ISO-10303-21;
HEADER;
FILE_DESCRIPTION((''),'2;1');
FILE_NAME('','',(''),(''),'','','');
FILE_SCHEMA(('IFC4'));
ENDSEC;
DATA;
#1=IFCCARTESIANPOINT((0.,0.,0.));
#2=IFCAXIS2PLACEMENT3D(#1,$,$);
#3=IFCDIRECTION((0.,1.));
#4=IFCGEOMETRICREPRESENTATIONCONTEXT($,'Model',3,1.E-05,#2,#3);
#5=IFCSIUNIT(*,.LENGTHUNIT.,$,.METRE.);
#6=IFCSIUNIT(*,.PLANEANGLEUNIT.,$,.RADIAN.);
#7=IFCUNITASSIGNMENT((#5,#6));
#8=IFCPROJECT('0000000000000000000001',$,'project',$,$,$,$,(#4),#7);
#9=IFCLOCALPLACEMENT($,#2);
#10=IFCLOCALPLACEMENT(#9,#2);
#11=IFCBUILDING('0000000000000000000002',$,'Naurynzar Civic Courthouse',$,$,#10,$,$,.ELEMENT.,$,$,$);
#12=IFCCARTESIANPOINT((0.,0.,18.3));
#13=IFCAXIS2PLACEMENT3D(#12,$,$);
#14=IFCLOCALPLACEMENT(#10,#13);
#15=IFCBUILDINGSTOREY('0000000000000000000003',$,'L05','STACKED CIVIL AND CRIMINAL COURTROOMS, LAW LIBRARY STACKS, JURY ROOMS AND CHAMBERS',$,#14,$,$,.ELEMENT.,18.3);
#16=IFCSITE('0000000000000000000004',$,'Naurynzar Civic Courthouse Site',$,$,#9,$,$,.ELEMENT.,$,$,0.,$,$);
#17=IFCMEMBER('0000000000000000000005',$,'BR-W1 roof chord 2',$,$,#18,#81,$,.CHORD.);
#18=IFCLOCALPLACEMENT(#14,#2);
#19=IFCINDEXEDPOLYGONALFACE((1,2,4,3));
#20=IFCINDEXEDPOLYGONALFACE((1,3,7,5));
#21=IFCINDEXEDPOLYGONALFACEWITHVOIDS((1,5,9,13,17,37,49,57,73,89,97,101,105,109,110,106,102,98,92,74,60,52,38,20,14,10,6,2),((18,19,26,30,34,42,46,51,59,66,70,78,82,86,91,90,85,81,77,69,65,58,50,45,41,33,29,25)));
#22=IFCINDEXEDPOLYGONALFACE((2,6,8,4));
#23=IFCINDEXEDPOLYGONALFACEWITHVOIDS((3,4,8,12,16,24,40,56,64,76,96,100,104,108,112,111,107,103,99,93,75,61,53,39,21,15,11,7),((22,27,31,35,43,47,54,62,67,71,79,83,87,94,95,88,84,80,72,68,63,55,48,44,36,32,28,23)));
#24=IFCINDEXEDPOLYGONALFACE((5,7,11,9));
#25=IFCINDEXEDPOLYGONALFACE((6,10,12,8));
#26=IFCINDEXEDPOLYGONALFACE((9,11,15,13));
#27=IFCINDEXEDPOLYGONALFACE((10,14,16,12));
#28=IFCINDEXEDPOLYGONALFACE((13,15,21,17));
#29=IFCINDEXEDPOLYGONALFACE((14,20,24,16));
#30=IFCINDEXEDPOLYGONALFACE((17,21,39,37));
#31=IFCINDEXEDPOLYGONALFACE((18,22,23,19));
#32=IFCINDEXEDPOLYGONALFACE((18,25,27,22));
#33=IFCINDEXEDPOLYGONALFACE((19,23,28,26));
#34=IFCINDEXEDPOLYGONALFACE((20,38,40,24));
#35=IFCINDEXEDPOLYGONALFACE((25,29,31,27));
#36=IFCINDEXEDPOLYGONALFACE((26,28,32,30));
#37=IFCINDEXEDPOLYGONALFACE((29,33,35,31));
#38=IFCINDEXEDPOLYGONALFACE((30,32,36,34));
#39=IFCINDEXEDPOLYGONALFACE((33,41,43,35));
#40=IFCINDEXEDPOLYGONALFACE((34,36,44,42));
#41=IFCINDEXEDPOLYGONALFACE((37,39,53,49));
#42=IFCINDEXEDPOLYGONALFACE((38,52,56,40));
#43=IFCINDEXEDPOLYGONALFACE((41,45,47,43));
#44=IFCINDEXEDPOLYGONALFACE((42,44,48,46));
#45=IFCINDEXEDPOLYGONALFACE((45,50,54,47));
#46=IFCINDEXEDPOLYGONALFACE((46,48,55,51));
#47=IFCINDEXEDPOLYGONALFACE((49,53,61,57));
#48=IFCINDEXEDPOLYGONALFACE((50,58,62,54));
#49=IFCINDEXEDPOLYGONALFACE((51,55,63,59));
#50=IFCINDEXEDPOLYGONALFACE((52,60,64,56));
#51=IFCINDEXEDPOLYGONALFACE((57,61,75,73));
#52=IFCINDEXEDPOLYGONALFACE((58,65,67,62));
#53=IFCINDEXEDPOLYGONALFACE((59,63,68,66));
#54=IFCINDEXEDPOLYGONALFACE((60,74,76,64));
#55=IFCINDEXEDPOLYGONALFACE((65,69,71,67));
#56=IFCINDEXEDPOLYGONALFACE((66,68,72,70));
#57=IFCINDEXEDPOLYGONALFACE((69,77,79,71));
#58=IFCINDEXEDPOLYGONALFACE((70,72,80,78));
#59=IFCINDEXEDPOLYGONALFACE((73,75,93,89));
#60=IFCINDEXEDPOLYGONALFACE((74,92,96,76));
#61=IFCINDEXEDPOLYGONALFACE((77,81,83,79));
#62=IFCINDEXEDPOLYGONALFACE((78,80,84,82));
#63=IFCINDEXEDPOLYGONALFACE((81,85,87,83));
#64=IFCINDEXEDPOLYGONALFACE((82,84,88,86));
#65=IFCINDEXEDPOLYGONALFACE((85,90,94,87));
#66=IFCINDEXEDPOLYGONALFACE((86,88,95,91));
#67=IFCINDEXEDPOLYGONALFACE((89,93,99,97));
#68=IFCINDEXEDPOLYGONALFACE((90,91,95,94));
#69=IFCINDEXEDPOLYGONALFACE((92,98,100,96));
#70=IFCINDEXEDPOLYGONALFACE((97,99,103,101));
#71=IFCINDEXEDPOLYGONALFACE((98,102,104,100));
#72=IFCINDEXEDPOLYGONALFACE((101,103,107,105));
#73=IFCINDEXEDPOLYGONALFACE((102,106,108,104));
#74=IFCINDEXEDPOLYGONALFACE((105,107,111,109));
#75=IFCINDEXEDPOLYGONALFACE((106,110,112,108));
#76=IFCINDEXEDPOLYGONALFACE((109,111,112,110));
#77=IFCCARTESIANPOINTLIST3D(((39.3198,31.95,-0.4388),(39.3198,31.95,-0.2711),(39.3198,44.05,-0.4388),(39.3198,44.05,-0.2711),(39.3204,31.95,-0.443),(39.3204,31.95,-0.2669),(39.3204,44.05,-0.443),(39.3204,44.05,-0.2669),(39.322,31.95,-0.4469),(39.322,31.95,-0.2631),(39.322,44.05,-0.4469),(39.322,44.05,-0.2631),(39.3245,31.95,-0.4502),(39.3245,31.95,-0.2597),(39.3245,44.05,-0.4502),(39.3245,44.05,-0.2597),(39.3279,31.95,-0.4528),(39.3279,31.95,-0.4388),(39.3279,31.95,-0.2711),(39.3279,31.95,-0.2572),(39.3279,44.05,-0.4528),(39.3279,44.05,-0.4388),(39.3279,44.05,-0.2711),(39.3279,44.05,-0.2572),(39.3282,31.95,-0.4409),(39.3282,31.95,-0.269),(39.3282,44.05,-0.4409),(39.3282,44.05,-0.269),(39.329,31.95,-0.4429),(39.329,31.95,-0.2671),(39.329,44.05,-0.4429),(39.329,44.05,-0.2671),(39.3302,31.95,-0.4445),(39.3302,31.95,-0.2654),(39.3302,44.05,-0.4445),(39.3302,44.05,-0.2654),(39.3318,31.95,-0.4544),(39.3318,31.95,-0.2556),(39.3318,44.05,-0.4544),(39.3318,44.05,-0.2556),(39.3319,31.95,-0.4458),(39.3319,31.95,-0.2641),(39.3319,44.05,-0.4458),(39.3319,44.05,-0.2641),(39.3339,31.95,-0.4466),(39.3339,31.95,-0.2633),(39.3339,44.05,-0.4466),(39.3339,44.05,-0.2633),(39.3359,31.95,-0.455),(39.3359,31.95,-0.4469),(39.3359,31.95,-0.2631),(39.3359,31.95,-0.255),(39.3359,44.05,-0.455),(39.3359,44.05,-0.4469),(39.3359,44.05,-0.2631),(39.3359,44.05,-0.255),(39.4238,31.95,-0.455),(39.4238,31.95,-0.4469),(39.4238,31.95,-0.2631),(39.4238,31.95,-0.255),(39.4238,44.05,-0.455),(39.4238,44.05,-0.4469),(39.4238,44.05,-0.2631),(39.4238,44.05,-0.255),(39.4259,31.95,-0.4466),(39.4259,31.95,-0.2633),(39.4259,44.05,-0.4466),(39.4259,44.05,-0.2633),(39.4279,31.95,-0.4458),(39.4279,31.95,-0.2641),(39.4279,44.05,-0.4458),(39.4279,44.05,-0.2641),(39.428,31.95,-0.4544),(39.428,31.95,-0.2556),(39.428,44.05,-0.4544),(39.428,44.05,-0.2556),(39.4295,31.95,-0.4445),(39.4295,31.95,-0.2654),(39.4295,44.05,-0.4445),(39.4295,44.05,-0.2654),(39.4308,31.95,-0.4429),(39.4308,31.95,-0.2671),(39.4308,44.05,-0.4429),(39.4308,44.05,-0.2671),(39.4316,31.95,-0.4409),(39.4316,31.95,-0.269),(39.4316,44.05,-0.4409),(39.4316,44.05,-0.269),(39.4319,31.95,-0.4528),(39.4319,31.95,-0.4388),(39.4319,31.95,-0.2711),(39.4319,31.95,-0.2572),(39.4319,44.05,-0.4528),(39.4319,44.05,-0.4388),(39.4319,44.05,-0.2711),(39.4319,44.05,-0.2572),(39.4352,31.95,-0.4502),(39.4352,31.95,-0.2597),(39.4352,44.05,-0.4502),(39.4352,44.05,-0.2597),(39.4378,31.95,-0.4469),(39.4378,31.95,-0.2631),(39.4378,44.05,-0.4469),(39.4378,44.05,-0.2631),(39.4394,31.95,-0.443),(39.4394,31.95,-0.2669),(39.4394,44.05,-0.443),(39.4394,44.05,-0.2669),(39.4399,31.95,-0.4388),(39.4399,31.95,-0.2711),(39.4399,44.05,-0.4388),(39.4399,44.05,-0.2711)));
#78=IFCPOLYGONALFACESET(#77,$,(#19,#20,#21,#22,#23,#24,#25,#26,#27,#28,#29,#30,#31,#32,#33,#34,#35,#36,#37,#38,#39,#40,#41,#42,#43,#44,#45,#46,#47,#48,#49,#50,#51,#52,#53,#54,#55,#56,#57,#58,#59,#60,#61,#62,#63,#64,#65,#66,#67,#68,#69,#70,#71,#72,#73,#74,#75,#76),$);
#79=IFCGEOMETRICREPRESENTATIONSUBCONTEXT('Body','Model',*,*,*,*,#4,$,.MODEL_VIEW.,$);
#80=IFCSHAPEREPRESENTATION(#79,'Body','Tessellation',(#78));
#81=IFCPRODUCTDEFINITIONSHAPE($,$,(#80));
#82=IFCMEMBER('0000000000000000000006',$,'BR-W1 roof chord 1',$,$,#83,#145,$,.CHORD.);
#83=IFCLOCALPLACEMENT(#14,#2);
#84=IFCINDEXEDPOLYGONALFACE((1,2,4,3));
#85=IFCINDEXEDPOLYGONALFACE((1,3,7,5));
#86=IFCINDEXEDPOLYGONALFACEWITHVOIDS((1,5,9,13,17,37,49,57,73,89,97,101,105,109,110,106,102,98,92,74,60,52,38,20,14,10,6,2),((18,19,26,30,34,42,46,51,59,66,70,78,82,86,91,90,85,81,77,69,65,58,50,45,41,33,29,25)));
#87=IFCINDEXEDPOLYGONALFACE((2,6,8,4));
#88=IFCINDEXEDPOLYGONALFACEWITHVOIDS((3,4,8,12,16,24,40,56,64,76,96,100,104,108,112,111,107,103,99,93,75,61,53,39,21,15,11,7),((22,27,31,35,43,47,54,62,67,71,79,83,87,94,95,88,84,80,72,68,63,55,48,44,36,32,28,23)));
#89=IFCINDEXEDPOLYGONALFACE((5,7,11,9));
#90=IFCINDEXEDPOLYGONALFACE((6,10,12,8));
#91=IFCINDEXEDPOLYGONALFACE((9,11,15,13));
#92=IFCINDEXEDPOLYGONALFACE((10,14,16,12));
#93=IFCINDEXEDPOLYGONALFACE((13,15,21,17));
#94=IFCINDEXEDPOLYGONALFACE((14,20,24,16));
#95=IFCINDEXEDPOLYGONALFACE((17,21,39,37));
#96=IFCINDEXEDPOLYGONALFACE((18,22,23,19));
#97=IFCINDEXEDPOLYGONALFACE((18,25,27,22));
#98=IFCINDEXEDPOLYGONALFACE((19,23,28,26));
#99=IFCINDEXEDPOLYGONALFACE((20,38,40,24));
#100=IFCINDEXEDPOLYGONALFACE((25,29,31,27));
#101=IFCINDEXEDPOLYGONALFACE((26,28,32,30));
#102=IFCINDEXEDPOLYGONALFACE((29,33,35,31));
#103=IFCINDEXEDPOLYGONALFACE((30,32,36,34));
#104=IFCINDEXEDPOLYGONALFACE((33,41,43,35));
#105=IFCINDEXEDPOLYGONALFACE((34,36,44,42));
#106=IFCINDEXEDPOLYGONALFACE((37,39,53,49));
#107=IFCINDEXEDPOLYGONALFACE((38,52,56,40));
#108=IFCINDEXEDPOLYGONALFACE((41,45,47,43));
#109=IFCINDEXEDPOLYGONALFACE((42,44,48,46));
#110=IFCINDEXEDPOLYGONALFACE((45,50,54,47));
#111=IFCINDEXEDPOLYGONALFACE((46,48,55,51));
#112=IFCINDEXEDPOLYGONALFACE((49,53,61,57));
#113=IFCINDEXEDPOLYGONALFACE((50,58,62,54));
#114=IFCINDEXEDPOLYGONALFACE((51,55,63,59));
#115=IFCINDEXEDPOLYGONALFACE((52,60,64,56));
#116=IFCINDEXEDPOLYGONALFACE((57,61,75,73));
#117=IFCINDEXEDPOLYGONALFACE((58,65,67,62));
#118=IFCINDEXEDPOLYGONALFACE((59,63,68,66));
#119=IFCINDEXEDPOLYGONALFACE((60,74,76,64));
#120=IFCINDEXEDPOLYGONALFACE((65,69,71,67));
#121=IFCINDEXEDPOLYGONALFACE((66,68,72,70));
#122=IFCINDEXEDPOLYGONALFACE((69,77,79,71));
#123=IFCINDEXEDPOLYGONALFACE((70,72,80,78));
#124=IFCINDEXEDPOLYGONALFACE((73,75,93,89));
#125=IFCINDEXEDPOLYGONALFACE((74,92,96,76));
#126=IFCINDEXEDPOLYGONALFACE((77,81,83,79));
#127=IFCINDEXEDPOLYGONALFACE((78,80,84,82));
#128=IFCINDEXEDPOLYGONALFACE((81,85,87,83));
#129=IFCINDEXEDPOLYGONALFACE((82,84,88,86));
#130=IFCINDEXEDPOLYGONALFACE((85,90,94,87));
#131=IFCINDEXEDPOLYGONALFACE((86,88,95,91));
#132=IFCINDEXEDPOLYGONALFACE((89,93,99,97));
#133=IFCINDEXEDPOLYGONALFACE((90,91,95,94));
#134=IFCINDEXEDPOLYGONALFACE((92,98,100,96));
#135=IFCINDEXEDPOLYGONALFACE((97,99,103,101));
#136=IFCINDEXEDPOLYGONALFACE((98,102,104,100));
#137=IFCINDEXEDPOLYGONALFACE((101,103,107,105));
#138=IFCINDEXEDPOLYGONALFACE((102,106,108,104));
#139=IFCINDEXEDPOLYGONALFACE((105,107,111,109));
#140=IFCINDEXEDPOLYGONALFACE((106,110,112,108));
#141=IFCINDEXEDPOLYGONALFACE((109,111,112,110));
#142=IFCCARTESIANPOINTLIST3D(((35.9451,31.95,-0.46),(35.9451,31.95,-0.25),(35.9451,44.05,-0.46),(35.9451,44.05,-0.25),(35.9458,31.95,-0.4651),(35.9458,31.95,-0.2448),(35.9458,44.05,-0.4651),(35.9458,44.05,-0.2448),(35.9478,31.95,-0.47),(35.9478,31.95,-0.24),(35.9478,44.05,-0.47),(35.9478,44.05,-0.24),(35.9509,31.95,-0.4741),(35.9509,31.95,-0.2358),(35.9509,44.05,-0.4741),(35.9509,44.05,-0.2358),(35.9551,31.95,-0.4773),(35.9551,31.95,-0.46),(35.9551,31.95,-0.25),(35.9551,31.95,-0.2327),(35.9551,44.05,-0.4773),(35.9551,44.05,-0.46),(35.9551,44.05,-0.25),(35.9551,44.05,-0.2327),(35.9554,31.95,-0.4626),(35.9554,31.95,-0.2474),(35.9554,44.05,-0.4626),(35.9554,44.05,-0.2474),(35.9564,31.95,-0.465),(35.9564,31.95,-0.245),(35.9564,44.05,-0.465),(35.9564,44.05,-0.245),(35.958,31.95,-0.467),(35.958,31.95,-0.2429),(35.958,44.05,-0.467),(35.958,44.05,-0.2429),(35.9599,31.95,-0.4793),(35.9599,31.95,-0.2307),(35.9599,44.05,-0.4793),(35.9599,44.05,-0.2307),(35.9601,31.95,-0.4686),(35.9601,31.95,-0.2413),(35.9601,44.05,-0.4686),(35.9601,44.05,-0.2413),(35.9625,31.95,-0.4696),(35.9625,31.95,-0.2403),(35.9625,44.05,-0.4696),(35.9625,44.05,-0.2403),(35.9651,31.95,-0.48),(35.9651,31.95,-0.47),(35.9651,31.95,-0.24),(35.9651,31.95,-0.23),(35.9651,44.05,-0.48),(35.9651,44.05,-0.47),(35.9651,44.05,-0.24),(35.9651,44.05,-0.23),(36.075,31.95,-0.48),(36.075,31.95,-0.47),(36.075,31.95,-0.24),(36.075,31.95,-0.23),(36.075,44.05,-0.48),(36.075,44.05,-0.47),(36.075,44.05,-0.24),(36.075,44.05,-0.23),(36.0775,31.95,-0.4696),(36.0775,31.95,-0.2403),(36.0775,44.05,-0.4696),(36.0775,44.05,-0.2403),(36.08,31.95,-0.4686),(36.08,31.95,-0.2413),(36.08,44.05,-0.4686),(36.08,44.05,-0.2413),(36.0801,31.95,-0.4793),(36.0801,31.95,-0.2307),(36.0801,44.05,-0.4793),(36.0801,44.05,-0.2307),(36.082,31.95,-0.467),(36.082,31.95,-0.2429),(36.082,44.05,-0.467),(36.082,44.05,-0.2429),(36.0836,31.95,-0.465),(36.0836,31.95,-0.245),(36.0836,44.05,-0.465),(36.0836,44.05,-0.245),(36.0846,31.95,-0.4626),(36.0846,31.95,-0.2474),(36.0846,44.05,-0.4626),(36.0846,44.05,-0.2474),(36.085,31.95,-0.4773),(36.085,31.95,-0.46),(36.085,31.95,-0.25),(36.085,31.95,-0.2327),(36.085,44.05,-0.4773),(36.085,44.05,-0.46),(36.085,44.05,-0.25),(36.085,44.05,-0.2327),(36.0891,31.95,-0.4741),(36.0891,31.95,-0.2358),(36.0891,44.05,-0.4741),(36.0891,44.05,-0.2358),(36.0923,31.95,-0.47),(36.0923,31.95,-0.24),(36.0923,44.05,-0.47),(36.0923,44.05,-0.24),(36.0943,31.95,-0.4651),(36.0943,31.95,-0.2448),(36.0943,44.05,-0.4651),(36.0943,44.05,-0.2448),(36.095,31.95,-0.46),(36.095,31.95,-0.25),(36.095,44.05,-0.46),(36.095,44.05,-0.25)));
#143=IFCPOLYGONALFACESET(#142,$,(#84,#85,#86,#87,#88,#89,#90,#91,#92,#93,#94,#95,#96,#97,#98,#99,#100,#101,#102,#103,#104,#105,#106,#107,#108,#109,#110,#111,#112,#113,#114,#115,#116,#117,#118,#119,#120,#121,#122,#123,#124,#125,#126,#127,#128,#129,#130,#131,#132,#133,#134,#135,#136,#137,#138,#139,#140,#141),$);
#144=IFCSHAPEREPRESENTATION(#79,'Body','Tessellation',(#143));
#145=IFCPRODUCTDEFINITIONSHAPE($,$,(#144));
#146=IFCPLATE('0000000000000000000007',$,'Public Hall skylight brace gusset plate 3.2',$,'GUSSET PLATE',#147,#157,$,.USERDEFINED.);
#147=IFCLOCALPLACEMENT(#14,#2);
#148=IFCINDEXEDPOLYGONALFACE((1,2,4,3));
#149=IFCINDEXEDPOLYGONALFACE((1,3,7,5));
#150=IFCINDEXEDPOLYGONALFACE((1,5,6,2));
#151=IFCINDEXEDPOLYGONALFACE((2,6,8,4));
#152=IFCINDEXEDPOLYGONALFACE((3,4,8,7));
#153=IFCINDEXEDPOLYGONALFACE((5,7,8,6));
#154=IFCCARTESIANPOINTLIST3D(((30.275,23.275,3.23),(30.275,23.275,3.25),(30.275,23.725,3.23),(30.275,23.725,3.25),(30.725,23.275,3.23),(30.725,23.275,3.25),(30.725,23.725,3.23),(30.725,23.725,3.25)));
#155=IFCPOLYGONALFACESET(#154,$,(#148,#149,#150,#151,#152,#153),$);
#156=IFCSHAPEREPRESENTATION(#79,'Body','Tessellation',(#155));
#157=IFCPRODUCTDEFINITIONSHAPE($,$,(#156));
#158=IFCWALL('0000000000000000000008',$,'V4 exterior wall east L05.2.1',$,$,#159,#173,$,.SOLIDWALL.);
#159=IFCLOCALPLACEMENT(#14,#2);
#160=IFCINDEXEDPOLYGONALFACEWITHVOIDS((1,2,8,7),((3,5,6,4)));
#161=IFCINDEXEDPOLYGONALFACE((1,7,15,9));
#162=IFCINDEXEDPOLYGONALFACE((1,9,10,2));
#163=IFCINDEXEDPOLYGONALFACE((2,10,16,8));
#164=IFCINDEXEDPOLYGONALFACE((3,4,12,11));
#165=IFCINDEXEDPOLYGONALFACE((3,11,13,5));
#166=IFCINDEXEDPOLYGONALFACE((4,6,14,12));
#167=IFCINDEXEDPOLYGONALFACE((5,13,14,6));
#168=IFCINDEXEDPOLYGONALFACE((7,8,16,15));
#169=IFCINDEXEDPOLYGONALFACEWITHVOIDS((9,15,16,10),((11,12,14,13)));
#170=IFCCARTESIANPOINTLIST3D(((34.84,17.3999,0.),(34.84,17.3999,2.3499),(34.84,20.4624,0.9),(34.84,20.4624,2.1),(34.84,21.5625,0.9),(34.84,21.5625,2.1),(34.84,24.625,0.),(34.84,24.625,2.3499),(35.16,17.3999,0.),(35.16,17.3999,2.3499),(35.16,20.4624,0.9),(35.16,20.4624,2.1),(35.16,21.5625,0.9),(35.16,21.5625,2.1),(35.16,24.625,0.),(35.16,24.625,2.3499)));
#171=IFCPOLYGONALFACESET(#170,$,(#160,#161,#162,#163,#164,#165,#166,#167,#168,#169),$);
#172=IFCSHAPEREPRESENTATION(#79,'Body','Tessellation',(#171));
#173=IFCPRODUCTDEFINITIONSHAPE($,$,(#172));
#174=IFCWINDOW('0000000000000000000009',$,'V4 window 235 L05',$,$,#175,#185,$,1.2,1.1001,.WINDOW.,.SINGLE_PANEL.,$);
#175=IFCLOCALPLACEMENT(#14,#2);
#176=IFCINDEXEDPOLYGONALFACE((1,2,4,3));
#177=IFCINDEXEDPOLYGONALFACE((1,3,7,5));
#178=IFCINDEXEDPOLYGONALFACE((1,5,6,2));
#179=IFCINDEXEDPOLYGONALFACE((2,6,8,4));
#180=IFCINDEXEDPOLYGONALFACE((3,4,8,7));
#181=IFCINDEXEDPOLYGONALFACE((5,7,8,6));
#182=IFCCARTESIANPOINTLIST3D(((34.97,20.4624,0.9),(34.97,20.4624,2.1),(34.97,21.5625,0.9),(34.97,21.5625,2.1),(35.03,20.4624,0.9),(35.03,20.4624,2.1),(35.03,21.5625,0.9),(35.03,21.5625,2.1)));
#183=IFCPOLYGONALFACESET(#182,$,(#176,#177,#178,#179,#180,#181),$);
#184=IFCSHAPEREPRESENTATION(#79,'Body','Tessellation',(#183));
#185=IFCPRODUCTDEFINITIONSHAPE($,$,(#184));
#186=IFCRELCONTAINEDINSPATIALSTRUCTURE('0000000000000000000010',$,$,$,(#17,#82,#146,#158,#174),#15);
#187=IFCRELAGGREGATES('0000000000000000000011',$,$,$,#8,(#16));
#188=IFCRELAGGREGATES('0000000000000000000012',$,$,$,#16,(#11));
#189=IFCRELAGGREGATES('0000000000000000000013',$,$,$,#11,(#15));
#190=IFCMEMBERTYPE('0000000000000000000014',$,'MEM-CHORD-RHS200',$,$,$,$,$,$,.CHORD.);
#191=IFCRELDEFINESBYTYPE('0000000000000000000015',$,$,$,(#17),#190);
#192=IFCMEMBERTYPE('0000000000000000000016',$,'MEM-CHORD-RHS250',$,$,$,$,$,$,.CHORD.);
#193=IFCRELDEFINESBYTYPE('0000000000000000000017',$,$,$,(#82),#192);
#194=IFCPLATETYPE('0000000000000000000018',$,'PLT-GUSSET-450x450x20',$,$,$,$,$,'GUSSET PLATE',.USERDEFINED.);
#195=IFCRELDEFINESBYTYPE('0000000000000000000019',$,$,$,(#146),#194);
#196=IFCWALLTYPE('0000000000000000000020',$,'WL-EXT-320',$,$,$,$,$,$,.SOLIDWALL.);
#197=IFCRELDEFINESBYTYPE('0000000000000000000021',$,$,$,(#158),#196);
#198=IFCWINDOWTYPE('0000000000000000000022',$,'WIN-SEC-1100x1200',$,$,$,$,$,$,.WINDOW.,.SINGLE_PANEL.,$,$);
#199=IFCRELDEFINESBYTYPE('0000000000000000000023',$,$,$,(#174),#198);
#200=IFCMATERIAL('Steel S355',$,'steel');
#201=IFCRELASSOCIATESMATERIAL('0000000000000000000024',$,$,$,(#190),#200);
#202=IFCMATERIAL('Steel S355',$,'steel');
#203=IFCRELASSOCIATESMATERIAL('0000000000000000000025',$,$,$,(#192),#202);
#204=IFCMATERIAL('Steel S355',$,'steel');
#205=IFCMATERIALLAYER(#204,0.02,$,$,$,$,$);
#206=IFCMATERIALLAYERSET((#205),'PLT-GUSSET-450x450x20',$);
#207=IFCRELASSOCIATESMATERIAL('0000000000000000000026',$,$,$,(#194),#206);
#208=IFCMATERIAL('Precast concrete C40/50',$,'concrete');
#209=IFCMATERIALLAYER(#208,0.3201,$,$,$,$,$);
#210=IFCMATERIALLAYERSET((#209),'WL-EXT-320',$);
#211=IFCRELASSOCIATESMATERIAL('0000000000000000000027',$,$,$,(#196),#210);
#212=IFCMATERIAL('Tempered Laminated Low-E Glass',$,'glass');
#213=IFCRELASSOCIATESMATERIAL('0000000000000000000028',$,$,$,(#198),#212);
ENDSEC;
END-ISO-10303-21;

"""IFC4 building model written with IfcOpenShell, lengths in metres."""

from ifc_helpers import new_model, si_unit, direction, frame, frame_2d, origin, origin_2d, place, context, subcontext, project, spatial, rectangle, hollow_rectangle, extrude, material, layer, layer_set, material_profile, profile_set, type_object, element, fill, save


model = new_model("IFC4")

# Units and contexts
model_context = context("Model", 3, precision=1e-05, world=origin(), true_north=direction((0.0, 1.0)))
body_context = subcontext(model_context, "Body", "Model", "MODEL_VIEW")
ifc_project = project(units=[si_unit("LENGTHUNIT", "METRE"), si_unit("PLANEANGLEUNIT", "RADIAN")], contexts=[model_context])

# Site, building, storey
site_placement = place(None, origin())
site = spatial("IfcSite", under=ifc_project, at=site_placement, Name="Naurynzar Civic Courthouse Site", CompositionType="ELEMENT", RefElevation=0.0)
building_placement = place(site_placement, origin())
building = spatial("IfcBuilding", under=site, at=building_placement, Name="Naurynzar Civic Courthouse", CompositionType="ELEMENT")
storey_placement = place(building_placement, frame((0.0, 0.0, 18.3)))
storey = spatial("IfcBuildingStorey", under=building, at=storey_placement, Name="L05", Description="STACKED CIVIL AND CRIMINAL COURTROOMS, LAW LIBRARY STACKS, JURY ROOMS AND CHAMBERS", CompositionType="ELEMENT", Elevation=18.3)

# Members
ifc_material_1 = material(Name="Steel S355", Category="steel")
ifc_material_profile_1 = material_profile(ifc_material_1, hollow_rectangle(XDim=0.1201, YDim=0.2, WallThickness=0.0081, InnerFilletRadius=0.0081, OuterFilletRadius=0.0161, at=origin_2d()), Name="RHS 200x120x8")
ifc_profile_set_1 = profile_set([ifc_material_profile_1], Name="Steel S355")
member_type_1 = type_object("IfcMemberType", Name="MEM-CHORD-RHS200", PredefinedType="CHORD", material=ifc_profile_set_1)
member_1_placement = place(storey_placement, frame((39.3799, 31.95, -0.355), z_axis=(0.0, 1.0, 0.0), x_axis=(-1.0, 0.0, 0.0)))
element("IfcMember", 1, at=member_1_placement, inside=storey, type_object=member_type_1, Name="BR-W1 roof chord 2", PredefinedType="CHORD", context=body_context, shape_type="SweptSolid", body=[
    extrude(hollow_rectangle(XDim=0.1201, YDim=0.2, WallThickness=0.0081, InnerFilletRadius=0.0081, OuterFilletRadius=0.0161, at=origin_2d()), origin(), (0.0, 0.0, 1.0), 12.1001),
])
ifc_material_2 = material(Name="Steel S355", Category="steel")
ifc_material_profile_2 = material_profile(ifc_material_2, hollow_rectangle(XDim=0.1499, YDim=0.25, WallThickness=0.01, InnerFilletRadius=0.01, OuterFilletRadius=0.02, at=origin_2d()), Name="RHS 250x150x10")
ifc_profile_set_2 = profile_set([ifc_material_profile_2], Name="Steel S355")
member_type_2 = type_object("IfcMemberType", Name="MEM-CHORD-RHS250", PredefinedType="CHORD", material=ifc_profile_set_2)
member_2_placement = place(storey_placement, frame((36.02, 31.95, -0.355), z_axis=(0.0, 1.0, 0.0), x_axis=(-1.0, 0.0, 0.0)))
element("IfcMember", 2, at=member_2_placement, inside=storey, type_object=member_type_2, Name="BR-W1 roof chord 1", PredefinedType="CHORD", context=body_context, shape_type="SweptSolid", body=[
    extrude(hollow_rectangle(XDim=0.1499, YDim=0.25, WallThickness=0.01, InnerFilletRadius=0.01, OuterFilletRadius=0.02, at=origin_2d()), origin(), (0.0, 0.0, 1.0), 12.1001),
])

# Plate
ifc_material_3 = material(Name="Steel S355", Category="steel")
ifc_layer_1 = layer(ifc_material_3, 0.02)
ifc_layer_set_1 = layer_set([ifc_layer_1], Name="PLT-GUSSET-450x450x20")
plate_type = type_object("IfcPlateType", Name="PLT-GUSSET-450x450x20", ElementType="GUSSET PLATE", PredefinedType="USERDEFINED", material=ifc_layer_set_1)
plate_placement = place(storey_placement, frame((30.5, 23.5, 3.23), z_axis=(0.0, 0.0, 1.0), x_axis=(1.0, 0.0, 0.0)))
element("IfcPlate", 3, at=plate_placement, inside=storey, type_object=plate_type, Name="Public Hall skylight brace gusset plate 3.2", ObjectType="GUSSET PLATE", PredefinedType="USERDEFINED", context=body_context, shape_type="SweptSolid", body=[
    extrude(rectangle(XDim=0.45, YDim=0.45, at=origin_2d()), origin(), (0.0, 0.0, 1.0), 0.02),
])

# Wall, opening, window
ifc_material_4 = material(Name="Precast concrete C40/50", Category="concrete")
ifc_layer_2 = layer(ifc_material_4, 0.3201)
ifc_layer_set_2 = layer_set([ifc_layer_2], Name="WL-EXT-320")
wall_type_1 = type_object("IfcWallType", Name="WL-EXT-320", PredefinedType="SOLIDWALL", material=ifc_layer_set_2)
wall_1_placement = place(storey_placement, frame((35.0, 24.625, 0.0), z_axis=(0.0, 0.0, 1.0), x_axis=(0.0, -1.0, 0.0)))
wall_1 = element("IfcWall", 4, at=wall_1_placement, inside=storey, type_object=wall_type_1, Name="V4 exterior wall east L05.2.1", PredefinedType="SOLIDWALL", context=body_context, shape_type="SweptSolid", body=[
    extrude(rectangle(XDim=7.2251, YDim=0.3201, at=frame_2d((3.6125, 0.0))), origin(), (0.0, 0.0, 1.0), 2.3499),
])
opening_1_placement = place(wall_1_placement, frame((3.0625, 0.0, 0.8999)))
opening_1 = element("IfcOpeningElement", 5, at=opening_1_placement, cuts=wall_1, PredefinedType="OPENING", context=body_context, shape_type="SweptSolid", body=[
    extrude(rectangle(XDim=1.1001, YDim=1.2, at=frame_2d((0.55, 0.6001))), frame((0.0, 0.1699, 0.0), z_axis=(0.0, -1.0, 0.0), x_axis=(1.0, 0.0, 0.0)), (0.0, 0.0, 1.0), 0.3401),
])
ifc_material_5 = material(Name="Tempered Laminated Low-E Glass", Category="glass")
window_type = type_object("IfcWindowType", Name="WIN-SEC-1100x1200", PartitioningType="SINGLE_PANEL", PredefinedType="WINDOW", material=ifc_material_5)
window_1_placement = place(opening_1_placement, origin())
window_1 = element("IfcWindow", 6, at=window_1_placement, inside=storey, type_object=window_type, Name="V4 window 235 L05", OverallHeight=1.2, OverallWidth=1.1001, PartitioningType="SINGLE_PANEL", PredefinedType="WINDOW", context=body_context, shape_type="SweptSolid", body=[
    extrude(rectangle(XDim=1.1001, YDim=1.2, at=frame_2d((0.55, 0.6001))), frame((0.0, 0.03, 0.0), z_axis=(0.0, -1.0, 0.0), x_axis=(1.0, 0.0, 0.0)), (0.0, 0.0, 1.0), 0.0601),
])
fill(opening_1, window_1)

save(model, "model.ifc")
